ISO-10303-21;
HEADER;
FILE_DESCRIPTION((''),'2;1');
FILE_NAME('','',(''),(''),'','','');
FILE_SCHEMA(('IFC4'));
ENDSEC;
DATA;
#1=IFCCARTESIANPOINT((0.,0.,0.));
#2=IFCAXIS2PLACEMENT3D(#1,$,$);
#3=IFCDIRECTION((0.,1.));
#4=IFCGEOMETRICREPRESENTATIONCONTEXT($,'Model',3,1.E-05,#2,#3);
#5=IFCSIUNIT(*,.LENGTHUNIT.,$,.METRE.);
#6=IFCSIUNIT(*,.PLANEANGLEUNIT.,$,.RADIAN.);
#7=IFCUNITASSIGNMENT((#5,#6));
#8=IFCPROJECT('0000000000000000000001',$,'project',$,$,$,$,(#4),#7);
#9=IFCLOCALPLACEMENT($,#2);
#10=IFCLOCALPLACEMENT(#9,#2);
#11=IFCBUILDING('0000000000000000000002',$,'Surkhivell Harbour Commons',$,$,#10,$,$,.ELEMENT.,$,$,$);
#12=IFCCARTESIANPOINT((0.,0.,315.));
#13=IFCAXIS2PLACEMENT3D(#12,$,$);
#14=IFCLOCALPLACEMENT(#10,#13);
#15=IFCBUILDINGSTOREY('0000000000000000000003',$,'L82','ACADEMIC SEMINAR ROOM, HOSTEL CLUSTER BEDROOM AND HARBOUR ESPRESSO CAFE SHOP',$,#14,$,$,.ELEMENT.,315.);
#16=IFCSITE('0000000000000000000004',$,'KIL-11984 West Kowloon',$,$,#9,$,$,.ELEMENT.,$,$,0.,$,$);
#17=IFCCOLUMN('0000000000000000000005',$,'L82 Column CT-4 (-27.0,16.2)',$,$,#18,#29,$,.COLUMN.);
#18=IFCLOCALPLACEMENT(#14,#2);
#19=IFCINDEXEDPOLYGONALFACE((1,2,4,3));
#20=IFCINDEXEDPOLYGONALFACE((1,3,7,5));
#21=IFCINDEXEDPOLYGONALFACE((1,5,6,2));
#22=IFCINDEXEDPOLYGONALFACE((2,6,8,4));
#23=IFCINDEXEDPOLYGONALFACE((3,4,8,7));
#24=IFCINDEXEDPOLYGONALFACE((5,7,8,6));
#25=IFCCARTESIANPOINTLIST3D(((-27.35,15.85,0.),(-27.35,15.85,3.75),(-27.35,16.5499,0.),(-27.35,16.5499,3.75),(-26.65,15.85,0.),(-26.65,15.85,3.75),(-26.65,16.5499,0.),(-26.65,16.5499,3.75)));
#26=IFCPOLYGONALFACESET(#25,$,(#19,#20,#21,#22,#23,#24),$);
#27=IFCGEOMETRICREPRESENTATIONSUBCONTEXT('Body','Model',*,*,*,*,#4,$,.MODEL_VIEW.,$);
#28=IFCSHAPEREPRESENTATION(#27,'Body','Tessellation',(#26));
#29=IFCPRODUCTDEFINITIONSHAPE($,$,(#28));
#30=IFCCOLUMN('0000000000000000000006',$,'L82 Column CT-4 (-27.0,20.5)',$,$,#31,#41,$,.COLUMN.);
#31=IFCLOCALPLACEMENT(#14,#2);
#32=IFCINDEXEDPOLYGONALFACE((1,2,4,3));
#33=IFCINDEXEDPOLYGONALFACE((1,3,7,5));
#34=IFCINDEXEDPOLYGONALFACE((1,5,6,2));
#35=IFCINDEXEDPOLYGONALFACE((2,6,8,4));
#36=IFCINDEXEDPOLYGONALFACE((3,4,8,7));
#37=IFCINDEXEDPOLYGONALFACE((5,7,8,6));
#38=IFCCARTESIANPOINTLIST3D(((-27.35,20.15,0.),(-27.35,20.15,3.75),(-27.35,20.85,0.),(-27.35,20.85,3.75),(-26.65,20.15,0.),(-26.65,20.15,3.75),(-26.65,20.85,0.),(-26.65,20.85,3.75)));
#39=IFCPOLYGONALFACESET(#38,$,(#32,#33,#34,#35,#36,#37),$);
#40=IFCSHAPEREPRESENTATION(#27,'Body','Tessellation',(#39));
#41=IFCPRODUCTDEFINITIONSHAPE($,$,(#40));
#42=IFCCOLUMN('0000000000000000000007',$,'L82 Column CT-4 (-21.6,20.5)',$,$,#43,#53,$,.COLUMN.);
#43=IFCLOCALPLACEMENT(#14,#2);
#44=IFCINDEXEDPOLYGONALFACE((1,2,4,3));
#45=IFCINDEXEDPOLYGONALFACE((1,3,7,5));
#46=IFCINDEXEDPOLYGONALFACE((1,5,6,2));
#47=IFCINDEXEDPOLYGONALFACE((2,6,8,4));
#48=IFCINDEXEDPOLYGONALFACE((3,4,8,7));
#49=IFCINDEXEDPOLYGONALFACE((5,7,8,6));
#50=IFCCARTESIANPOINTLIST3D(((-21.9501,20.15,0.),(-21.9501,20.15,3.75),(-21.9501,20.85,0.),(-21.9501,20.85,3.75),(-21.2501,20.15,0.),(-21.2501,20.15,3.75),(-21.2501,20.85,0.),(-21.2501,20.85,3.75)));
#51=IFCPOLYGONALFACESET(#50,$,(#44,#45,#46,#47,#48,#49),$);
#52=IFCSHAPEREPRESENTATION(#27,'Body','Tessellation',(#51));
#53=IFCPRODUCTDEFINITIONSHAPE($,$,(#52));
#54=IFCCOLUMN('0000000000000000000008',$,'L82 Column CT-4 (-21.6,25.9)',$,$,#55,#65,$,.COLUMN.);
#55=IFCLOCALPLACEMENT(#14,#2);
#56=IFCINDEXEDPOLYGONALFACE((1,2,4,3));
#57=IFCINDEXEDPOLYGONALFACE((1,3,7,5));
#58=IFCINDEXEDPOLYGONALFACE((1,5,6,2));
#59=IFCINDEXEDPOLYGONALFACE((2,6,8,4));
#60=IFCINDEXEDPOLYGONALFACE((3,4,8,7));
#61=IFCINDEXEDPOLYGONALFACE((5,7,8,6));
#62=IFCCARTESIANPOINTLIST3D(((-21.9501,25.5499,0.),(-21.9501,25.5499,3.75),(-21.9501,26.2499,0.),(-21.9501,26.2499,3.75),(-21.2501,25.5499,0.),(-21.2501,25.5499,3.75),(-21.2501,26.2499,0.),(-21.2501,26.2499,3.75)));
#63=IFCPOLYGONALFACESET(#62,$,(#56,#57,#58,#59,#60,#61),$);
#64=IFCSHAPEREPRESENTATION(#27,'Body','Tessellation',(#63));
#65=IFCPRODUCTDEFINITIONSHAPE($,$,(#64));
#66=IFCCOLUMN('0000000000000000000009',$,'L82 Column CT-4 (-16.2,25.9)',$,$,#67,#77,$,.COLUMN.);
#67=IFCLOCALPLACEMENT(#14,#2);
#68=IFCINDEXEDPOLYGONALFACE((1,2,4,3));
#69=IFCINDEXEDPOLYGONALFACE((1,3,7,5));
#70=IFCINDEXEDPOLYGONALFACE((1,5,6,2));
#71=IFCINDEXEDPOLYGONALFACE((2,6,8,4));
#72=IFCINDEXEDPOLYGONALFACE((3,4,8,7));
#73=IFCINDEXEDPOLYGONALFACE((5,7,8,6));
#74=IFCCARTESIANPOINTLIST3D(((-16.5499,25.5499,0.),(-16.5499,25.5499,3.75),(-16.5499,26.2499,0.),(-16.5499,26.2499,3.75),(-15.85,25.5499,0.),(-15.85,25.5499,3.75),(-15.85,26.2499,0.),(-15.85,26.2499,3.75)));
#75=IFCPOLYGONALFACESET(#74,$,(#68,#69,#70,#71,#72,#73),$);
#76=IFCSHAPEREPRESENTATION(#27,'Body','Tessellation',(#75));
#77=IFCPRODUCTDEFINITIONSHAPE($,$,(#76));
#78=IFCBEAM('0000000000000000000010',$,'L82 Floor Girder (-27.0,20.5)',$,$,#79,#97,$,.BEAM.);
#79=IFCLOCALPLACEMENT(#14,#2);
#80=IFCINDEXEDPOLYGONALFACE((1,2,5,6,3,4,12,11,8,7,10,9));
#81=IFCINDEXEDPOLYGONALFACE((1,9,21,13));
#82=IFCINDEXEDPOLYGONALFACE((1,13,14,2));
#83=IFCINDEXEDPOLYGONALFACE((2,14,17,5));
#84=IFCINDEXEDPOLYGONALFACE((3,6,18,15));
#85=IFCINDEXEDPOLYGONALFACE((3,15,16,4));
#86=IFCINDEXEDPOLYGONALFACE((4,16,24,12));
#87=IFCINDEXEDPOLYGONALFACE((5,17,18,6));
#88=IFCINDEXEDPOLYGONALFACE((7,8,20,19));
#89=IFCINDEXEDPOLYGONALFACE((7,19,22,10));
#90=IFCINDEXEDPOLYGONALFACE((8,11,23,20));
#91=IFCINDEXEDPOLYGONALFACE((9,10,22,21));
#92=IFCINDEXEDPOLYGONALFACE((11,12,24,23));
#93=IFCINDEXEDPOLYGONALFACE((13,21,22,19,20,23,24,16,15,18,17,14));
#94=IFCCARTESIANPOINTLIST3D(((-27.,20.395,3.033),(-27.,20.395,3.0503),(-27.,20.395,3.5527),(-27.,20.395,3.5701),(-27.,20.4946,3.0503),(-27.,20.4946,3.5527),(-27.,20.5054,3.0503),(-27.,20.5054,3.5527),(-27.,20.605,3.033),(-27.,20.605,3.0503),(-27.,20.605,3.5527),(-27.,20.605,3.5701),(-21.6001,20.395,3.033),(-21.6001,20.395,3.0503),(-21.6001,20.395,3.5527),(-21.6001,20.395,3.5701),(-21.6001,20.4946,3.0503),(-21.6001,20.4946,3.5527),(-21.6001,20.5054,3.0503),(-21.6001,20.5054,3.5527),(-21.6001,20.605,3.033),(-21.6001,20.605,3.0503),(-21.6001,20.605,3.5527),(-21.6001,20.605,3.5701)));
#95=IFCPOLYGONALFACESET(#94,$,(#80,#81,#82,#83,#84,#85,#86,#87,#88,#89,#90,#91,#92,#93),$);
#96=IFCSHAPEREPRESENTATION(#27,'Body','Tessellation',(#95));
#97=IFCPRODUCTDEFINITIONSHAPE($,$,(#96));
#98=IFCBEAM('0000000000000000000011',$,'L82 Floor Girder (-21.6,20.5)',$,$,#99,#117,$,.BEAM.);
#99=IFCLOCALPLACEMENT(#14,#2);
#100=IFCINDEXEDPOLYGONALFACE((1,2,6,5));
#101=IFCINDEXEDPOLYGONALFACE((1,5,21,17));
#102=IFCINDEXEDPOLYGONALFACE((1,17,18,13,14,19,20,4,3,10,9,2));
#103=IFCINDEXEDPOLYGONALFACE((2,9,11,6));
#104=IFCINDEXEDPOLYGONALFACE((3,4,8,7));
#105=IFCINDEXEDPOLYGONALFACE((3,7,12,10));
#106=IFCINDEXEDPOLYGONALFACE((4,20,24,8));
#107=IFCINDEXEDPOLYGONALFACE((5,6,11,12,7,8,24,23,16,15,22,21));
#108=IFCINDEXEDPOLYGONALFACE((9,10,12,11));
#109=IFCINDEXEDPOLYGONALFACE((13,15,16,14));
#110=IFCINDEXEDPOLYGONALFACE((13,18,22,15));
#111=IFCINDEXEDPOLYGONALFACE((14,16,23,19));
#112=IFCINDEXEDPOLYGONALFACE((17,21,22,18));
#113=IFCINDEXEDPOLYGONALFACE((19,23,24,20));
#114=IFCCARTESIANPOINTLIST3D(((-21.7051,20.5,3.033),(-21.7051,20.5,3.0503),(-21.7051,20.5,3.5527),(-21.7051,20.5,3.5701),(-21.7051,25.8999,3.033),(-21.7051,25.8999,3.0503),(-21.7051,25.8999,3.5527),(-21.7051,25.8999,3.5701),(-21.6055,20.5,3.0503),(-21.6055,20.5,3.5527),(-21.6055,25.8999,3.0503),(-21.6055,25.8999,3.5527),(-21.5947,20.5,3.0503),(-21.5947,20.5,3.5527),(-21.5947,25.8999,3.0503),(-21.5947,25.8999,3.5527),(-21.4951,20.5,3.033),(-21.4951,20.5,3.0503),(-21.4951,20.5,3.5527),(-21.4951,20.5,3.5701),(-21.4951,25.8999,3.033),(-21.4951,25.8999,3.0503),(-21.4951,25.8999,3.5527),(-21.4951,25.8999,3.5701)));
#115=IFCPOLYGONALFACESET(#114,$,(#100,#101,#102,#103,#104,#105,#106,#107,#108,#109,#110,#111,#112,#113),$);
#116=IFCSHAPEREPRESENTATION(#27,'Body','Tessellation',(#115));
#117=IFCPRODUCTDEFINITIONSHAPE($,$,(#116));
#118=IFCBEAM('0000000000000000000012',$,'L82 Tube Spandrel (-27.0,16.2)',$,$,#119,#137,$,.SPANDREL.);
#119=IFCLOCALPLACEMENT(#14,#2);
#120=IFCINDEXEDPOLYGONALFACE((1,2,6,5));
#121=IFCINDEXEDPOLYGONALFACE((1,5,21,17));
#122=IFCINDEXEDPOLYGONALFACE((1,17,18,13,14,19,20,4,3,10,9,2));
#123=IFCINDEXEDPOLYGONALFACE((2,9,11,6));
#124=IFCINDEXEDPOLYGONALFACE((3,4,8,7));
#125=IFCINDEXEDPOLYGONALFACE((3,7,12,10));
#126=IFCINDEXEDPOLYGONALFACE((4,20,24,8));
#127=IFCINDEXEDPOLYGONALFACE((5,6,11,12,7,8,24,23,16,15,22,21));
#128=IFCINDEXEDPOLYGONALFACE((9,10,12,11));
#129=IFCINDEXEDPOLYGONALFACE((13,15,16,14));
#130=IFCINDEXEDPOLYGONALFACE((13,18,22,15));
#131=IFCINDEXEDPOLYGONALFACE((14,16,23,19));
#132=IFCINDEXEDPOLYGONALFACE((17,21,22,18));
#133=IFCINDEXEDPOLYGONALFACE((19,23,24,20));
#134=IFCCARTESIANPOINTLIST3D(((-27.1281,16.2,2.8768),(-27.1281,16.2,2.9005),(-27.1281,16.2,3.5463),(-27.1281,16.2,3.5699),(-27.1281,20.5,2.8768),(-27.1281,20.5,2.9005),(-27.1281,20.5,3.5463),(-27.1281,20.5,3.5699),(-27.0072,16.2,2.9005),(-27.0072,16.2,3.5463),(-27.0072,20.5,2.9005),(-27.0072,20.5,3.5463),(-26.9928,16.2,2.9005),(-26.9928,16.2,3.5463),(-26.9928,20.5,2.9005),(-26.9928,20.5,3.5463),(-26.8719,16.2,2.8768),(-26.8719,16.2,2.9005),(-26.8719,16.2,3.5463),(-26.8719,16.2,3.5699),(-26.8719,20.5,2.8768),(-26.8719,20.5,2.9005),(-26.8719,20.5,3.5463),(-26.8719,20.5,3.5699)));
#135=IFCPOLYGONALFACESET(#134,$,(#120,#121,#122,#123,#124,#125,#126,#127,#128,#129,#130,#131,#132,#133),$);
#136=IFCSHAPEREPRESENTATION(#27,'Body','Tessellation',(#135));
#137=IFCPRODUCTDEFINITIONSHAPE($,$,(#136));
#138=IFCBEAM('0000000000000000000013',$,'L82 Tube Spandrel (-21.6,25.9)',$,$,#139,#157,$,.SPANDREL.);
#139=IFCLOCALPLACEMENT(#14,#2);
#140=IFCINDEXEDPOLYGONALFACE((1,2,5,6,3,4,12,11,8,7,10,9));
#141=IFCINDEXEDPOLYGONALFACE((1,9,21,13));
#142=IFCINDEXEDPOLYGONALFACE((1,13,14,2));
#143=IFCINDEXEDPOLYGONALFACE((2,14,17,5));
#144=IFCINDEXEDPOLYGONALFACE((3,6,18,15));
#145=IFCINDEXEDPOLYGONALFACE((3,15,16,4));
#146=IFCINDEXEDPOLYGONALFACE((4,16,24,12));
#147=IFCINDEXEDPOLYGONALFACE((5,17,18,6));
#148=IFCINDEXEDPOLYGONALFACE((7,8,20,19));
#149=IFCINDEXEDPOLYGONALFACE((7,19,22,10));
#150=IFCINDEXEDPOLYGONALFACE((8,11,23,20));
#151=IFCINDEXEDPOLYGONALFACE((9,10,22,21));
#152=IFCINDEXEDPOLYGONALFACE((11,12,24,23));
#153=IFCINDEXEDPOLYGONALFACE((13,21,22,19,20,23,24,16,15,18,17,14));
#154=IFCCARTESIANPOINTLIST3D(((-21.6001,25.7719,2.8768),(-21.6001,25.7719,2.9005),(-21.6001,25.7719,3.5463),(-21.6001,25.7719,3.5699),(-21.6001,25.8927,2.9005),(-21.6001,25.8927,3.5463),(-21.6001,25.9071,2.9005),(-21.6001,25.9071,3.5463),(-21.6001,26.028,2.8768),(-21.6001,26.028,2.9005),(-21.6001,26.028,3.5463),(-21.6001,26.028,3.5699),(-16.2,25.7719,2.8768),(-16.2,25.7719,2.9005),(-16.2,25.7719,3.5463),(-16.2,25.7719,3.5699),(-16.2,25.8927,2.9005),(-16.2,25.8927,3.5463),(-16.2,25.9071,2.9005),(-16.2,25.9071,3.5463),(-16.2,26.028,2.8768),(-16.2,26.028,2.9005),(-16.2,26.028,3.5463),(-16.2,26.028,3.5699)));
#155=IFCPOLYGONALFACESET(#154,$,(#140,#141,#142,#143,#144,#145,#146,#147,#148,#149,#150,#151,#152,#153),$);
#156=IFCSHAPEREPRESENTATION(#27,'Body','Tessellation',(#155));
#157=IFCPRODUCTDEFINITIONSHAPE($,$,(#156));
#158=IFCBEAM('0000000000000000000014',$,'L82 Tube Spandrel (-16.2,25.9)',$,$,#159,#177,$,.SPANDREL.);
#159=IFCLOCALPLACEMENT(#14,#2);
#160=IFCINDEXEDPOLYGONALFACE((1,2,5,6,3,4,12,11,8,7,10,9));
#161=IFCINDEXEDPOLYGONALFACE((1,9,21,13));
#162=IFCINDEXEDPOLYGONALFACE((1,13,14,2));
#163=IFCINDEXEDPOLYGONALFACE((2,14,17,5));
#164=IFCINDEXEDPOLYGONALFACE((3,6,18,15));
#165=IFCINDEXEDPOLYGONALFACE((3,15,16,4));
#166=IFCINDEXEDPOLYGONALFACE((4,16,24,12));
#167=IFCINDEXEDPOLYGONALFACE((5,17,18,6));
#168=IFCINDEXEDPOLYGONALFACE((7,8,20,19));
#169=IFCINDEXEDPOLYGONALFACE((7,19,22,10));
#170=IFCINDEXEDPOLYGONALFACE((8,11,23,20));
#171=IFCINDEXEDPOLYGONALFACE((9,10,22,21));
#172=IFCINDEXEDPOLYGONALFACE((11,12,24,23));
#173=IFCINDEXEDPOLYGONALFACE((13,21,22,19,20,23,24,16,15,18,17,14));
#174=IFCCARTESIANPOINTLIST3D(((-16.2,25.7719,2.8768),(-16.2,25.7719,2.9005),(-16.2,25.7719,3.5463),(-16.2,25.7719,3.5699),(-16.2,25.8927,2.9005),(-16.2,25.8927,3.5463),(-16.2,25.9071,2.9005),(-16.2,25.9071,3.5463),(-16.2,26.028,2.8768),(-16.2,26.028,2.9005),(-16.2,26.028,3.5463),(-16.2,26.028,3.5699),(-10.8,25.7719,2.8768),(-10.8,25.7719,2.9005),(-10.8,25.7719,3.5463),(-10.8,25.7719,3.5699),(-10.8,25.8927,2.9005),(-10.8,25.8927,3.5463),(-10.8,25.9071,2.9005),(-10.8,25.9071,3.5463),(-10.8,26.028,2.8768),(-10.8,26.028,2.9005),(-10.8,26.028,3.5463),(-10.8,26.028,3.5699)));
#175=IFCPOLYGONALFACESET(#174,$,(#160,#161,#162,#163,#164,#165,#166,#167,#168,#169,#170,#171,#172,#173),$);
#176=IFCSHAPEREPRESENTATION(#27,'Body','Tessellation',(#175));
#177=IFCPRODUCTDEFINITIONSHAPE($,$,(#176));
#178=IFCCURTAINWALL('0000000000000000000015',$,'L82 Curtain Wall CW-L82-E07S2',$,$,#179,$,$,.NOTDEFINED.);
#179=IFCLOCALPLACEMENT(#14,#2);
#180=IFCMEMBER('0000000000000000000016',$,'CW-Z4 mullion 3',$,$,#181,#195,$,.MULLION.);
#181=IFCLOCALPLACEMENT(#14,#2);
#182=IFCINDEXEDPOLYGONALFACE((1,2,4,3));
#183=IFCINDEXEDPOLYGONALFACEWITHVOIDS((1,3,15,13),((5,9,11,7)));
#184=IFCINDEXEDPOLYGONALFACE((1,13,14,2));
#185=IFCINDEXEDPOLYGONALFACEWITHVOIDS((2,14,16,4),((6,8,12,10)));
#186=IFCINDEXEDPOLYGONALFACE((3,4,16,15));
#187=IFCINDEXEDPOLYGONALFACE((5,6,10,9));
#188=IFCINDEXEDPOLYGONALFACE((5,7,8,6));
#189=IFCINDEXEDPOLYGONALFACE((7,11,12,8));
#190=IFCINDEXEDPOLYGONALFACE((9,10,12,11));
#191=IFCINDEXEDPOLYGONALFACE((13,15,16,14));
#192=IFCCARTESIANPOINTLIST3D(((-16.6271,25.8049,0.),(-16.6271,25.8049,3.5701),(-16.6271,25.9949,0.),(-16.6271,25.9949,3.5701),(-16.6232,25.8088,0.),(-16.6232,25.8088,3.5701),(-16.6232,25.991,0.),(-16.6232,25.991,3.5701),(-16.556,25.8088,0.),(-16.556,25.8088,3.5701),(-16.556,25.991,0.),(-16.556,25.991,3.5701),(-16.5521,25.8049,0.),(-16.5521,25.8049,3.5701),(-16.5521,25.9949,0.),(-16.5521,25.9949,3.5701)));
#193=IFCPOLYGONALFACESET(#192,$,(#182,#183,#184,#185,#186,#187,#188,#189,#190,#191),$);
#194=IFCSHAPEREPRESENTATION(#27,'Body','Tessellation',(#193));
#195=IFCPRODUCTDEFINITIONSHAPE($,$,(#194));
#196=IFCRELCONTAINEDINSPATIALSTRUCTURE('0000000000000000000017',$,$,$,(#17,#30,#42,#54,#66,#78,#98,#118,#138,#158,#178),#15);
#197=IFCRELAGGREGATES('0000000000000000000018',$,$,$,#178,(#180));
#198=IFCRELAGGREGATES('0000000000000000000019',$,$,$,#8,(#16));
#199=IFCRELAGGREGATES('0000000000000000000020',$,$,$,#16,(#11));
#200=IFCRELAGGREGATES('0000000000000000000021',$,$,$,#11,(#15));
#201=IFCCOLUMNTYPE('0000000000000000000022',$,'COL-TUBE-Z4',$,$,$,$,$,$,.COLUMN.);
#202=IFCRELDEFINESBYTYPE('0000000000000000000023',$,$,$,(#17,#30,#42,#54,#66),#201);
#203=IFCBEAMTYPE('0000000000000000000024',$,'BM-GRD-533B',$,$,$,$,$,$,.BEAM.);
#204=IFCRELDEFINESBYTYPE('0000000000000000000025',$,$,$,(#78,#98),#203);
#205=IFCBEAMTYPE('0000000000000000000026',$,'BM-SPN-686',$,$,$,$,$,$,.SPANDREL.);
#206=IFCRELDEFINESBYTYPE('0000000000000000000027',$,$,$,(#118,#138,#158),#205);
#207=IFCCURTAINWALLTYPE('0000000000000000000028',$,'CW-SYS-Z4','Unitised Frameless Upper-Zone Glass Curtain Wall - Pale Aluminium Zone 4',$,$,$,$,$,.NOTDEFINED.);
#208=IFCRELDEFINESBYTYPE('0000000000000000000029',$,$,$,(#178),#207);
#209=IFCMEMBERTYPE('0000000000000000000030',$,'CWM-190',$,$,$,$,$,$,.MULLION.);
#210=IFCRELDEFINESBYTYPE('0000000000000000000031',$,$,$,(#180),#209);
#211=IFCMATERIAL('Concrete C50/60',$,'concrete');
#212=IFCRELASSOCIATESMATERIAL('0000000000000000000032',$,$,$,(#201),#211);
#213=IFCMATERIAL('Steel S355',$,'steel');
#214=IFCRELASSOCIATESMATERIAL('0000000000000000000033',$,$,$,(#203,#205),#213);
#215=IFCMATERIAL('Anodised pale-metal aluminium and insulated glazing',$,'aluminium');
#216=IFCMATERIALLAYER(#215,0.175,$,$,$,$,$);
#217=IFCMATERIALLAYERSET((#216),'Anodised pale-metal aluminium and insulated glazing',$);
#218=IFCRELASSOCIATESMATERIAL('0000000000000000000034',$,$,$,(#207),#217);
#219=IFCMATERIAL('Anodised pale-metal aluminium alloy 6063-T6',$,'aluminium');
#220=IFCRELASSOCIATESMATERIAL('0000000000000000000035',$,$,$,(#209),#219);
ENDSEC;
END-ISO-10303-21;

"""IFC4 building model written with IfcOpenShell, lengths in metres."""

from ifc_helpers import new_model, si_unit, direction, frame, origin, origin_2d, place, context, subcontext, project, spatial, rectangle, hollow_rectangle, i_section, extrude, material, layer, layer_set, material_profile, profile_set, type_object, element, aggregate, save


model = new_model("IFC4")

# Units and contexts
model_context = context("Model", 3, precision=1e-05, world=origin(), true_north=direction((0.0, 1.0)))
body_context = subcontext(model_context, "Body", "Model", "MODEL_VIEW")
ifc_project = project(units=[si_unit("LENGTHUNIT", "METRE"), si_unit("PLANEANGLEUNIT", "RADIAN")], contexts=[model_context])

# Site, building, storey
site_placement = place(None, origin())
site = spatial("IfcSite", under=ifc_project, at=site_placement, Name="KIL-11984 West Kowloon", CompositionType="ELEMENT", RefElevation=0.0)
building_placement = place(site_placement, origin())
building = spatial("IfcBuilding", under=site, at=building_placement, Name="Surkhivell Harbour Commons", CompositionType="ELEMENT")
storey_placement = place(building_placement, frame((0.0, 0.0, 315.0)))
storey = spatial("IfcBuildingStorey", under=building, at=storey_placement, Name="L82", Description="ACADEMIC SEMINAR ROOM, HOSTEL CLUSTER BEDROOM AND HARBOUR ESPRESSO CAFE SHOP", CompositionType="ELEMENT", Elevation=315.0)

# Columns
ifc_material_1 = material(Name="Concrete C50/60", Category="concrete")
ifc_material_profile_1 = material_profile(ifc_material_1, rectangle(XDim=0.7, YDim=0.7, at=origin_2d()), Name="RC-COL-700x700")
ifc_profile_set_1 = profile_set([ifc_material_profile_1], Name="Concrete C50/60")
column_type = type_object("IfcColumnType", Name="COL-TUBE-Z4", PredefinedType="COLUMN", material=ifc_profile_set_1)
for number, where, z_axis, x_axis, name in (
    (1, (-27.0, 16.2, 0.0), (0.0, 0.0, 1.0), (1.0, 0.0, 0.0), "L82 Column CT-4 (-27.0,16.2)"),
    (2, (-27.0, 20.5, 0.0), (0.0, 0.0, 1.0), (1.0, 0.0, 0.0), "L82 Column CT-4 (-27.0,20.5)"),
    (3, (-21.6001, 20.5, 0.0), (0.0, 0.0, 1.0), (1.0, 0.0, 0.0), "L82 Column CT-4 (-21.6,20.5)"),
    (4, (-21.6001, 25.8999, 0.0), (0.0, 0.0, 1.0), (1.0, 0.0, 0.0), "L82 Column CT-4 (-21.6,25.9)"),
    (5, (-16.2, 25.8999, 0.0), (0.0, 0.0, 1.0), (1.0, 0.0, 0.0), "L82 Column CT-4 (-16.2,25.9)"),
):
    element("IfcColumn", number, at=place(storey_placement, frame(where, z_axis=z_axis, x_axis=x_axis)), inside=storey, type_object=column_type, Name=name, PredefinedType="COLUMN", context=body_context, shape_type="SweptSolid", body=[
        extrude(rectangle(XDim=0.7, YDim=0.7, at=origin_2d()), origin(), (0.0, 0.0, 1.0), 3.75),
    ])

# Beams
ifc_material_2 = material(Name="Steel S355", Category="steel")
ifc_material_profile_2 = material_profile(ifc_material_2, i_section(OverallWidth=0.21, OverallDepth=0.5371, WebThickness=0.0107, FlangeThickness=0.0173, at=origin_2d()), Name="UB533x210x101")
ifc_profile_set_2 = profile_set([ifc_material_profile_2], Name="Steel S355")
beam_type_1 = type_object("IfcBeamType", Name="BM-GRD-533B", PredefinedType="BEAM", material=ifc_profile_set_2)
for number, where, z_axis, x_axis, name in (
    (6, (-27.0, 20.5, 3.3015), (1.0, 0.0, 0.0), (0.0, 1.0, 0.0), "L82 Floor Girder (-27.0,20.5)"),
    (7, (-21.6001, 20.5, 3.3015), (0.0, 1.0, 0.0), (-1.0, 0.0, 0.0), "L82 Floor Girder (-21.6,20.5)"),
):
    element("IfcBeam", number, at=place(storey_placement, frame(where, z_axis=z_axis, x_axis=x_axis)), inside=storey, type_object=beam_type_1, Name=name, PredefinedType="BEAM", context=body_context, shape_type="SweptSolid", body=[
        extrude(i_section(OverallWidth=0.21, OverallDepth=0.5371, WebThickness=0.0107, FlangeThickness=0.0173, at=origin_2d()), origin(), (0.0, 0.0, 1.0), 5.3999),
    ])
ifc_material_profile_3 = material_profile(ifc_material_2, i_section(OverallWidth=0.2561, OverallDepth=0.6931, WebThickness=0.0144, FlangeThickness=0.0237, at=origin_2d()), Name="UB686x254x170")
ifc_profile_set_3 = profile_set([ifc_material_profile_3], Name="Steel S355")
beam_type_2 = type_object("IfcBeamType", Name="BM-SPN-686", PredefinedType="SPANDREL", material=ifc_profile_set_3)
beam_1_placement = place(storey_placement, frame((-27.0, 16.2, 3.2234), z_axis=(0.0, 1.0, 0.0), x_axis=(-1.0, 0.0, 0.0)))
element("IfcBeam", 8, at=beam_1_placement, inside=storey, type_object=beam_type_2, Name="L82 Tube Spandrel (-27.0,16.2)", PredefinedType="SPANDREL", context=body_context, shape_type="SweptSolid", body=[
    extrude(i_section(OverallWidth=0.2561, OverallDepth=0.6931, WebThickness=0.0144, FlangeThickness=0.0237, at=origin_2d()), origin(), (0.0, 0.0, 1.0), 4.3),
])
beam_2_placement = place(storey_placement, frame((-21.6001, 25.8999, 3.2234), z_axis=(1.0, 0.0, 0.0), x_axis=(0.0, 1.0, 0.0)))
element("IfcBeam", 9, at=beam_2_placement, inside=storey, type_object=beam_type_2, Name="L82 Tube Spandrel (-21.6,25.9)", PredefinedType="SPANDREL", context=body_context, shape_type="SweptSolid", body=[
    extrude(i_section(OverallWidth=0.2561, OverallDepth=0.6931, WebThickness=0.0144, FlangeThickness=0.0237, at=origin_2d()), origin(), (0.0, 0.0, 1.0), 5.4001),
])
beam_3_placement = place(storey_placement, frame((-16.2, 25.8999, 3.2234), z_axis=(1.0, 0.0, 0.0), x_axis=(0.0, 1.0, 0.0)))
element("IfcBeam", 10, at=beam_3_placement, inside=storey, type_object=beam_type_2, Name="L82 Tube Spandrel (-16.2,25.9)", PredefinedType="SPANDREL", context=body_context, shape_type="SweptSolid", body=[
    extrude(i_section(OverallWidth=0.2561, OverallDepth=0.6931, WebThickness=0.0144, FlangeThickness=0.0237, at=origin_2d()), origin(), (0.0, 0.0, 1.0), 5.3999),
])

# Curtain wall, member
ifc_material_3 = material(Name="Anodised pale-metal aluminium and insulated glazing", Category="aluminium")
ifc_layer_1 = layer(ifc_material_3, 0.175)
ifc_layer_set_1 = layer_set([ifc_layer_1], Name="Anodised pale-metal aluminium and insulated glazing")
curtain_wall_type = type_object("IfcCurtainWallType", Name="CW-SYS-Z4", Description="Unitised Frameless Upper-Zone Glass Curtain Wall - Pale Aluminium Zone 4", PredefinedType="NOTDEFINED", material=ifc_layer_set_1)
curtain_wall_1_placement = place(storey_placement, origin())
curtain_wall_1 = element("IfcCurtainWall", 11, at=curtain_wall_1_placement, inside=storey, type_object=curtain_wall_type, Name="L82 Curtain Wall CW-L82-E07S2", PredefinedType="NOTDEFINED")
ifc_material_4 = material(Name="Anodised pale-metal aluminium alloy 6063-T6", Category="aluminium")
ifc_material_profile_4 = material_profile(ifc_material_4, hollow_rectangle(XDim=0.075, YDim=0.1899, WallThickness=0.0039, at=origin_2d()), Name="ALU-MULL-75x190")
ifc_profile_set_4 = profile_set([ifc_material_profile_4], Name="Anodised pale-metal aluminium alloy 6063-T6")
member_type_1 = type_object("IfcMemberType", Name="CWM-190", PredefinedType="MULLION", material=ifc_profile_set_4)
member_1_placement = place(storey_placement, frame((-16.5896, 25.8999, 0.0), z_axis=(0.0, 0.0, 1.0), x_axis=(-1.0, 0.0, 0.0)))
member_1 = element("IfcMember", 12, at=member_1_placement, type_object=member_type_1, Name="CW-Z4 mullion 3", PredefinedType="MULLION", context=body_context, shape_type="SweptSolid", body=[
    extrude(hollow_rectangle(XDim=0.075, YDim=0.1899, WallThickness=0.0039, at=origin_2d()), origin(), (0.0, 0.0, 1.0), 3.5701),
])

aggregate(curtain_wall_1, [member_1])

save(model, "model.ifc")
